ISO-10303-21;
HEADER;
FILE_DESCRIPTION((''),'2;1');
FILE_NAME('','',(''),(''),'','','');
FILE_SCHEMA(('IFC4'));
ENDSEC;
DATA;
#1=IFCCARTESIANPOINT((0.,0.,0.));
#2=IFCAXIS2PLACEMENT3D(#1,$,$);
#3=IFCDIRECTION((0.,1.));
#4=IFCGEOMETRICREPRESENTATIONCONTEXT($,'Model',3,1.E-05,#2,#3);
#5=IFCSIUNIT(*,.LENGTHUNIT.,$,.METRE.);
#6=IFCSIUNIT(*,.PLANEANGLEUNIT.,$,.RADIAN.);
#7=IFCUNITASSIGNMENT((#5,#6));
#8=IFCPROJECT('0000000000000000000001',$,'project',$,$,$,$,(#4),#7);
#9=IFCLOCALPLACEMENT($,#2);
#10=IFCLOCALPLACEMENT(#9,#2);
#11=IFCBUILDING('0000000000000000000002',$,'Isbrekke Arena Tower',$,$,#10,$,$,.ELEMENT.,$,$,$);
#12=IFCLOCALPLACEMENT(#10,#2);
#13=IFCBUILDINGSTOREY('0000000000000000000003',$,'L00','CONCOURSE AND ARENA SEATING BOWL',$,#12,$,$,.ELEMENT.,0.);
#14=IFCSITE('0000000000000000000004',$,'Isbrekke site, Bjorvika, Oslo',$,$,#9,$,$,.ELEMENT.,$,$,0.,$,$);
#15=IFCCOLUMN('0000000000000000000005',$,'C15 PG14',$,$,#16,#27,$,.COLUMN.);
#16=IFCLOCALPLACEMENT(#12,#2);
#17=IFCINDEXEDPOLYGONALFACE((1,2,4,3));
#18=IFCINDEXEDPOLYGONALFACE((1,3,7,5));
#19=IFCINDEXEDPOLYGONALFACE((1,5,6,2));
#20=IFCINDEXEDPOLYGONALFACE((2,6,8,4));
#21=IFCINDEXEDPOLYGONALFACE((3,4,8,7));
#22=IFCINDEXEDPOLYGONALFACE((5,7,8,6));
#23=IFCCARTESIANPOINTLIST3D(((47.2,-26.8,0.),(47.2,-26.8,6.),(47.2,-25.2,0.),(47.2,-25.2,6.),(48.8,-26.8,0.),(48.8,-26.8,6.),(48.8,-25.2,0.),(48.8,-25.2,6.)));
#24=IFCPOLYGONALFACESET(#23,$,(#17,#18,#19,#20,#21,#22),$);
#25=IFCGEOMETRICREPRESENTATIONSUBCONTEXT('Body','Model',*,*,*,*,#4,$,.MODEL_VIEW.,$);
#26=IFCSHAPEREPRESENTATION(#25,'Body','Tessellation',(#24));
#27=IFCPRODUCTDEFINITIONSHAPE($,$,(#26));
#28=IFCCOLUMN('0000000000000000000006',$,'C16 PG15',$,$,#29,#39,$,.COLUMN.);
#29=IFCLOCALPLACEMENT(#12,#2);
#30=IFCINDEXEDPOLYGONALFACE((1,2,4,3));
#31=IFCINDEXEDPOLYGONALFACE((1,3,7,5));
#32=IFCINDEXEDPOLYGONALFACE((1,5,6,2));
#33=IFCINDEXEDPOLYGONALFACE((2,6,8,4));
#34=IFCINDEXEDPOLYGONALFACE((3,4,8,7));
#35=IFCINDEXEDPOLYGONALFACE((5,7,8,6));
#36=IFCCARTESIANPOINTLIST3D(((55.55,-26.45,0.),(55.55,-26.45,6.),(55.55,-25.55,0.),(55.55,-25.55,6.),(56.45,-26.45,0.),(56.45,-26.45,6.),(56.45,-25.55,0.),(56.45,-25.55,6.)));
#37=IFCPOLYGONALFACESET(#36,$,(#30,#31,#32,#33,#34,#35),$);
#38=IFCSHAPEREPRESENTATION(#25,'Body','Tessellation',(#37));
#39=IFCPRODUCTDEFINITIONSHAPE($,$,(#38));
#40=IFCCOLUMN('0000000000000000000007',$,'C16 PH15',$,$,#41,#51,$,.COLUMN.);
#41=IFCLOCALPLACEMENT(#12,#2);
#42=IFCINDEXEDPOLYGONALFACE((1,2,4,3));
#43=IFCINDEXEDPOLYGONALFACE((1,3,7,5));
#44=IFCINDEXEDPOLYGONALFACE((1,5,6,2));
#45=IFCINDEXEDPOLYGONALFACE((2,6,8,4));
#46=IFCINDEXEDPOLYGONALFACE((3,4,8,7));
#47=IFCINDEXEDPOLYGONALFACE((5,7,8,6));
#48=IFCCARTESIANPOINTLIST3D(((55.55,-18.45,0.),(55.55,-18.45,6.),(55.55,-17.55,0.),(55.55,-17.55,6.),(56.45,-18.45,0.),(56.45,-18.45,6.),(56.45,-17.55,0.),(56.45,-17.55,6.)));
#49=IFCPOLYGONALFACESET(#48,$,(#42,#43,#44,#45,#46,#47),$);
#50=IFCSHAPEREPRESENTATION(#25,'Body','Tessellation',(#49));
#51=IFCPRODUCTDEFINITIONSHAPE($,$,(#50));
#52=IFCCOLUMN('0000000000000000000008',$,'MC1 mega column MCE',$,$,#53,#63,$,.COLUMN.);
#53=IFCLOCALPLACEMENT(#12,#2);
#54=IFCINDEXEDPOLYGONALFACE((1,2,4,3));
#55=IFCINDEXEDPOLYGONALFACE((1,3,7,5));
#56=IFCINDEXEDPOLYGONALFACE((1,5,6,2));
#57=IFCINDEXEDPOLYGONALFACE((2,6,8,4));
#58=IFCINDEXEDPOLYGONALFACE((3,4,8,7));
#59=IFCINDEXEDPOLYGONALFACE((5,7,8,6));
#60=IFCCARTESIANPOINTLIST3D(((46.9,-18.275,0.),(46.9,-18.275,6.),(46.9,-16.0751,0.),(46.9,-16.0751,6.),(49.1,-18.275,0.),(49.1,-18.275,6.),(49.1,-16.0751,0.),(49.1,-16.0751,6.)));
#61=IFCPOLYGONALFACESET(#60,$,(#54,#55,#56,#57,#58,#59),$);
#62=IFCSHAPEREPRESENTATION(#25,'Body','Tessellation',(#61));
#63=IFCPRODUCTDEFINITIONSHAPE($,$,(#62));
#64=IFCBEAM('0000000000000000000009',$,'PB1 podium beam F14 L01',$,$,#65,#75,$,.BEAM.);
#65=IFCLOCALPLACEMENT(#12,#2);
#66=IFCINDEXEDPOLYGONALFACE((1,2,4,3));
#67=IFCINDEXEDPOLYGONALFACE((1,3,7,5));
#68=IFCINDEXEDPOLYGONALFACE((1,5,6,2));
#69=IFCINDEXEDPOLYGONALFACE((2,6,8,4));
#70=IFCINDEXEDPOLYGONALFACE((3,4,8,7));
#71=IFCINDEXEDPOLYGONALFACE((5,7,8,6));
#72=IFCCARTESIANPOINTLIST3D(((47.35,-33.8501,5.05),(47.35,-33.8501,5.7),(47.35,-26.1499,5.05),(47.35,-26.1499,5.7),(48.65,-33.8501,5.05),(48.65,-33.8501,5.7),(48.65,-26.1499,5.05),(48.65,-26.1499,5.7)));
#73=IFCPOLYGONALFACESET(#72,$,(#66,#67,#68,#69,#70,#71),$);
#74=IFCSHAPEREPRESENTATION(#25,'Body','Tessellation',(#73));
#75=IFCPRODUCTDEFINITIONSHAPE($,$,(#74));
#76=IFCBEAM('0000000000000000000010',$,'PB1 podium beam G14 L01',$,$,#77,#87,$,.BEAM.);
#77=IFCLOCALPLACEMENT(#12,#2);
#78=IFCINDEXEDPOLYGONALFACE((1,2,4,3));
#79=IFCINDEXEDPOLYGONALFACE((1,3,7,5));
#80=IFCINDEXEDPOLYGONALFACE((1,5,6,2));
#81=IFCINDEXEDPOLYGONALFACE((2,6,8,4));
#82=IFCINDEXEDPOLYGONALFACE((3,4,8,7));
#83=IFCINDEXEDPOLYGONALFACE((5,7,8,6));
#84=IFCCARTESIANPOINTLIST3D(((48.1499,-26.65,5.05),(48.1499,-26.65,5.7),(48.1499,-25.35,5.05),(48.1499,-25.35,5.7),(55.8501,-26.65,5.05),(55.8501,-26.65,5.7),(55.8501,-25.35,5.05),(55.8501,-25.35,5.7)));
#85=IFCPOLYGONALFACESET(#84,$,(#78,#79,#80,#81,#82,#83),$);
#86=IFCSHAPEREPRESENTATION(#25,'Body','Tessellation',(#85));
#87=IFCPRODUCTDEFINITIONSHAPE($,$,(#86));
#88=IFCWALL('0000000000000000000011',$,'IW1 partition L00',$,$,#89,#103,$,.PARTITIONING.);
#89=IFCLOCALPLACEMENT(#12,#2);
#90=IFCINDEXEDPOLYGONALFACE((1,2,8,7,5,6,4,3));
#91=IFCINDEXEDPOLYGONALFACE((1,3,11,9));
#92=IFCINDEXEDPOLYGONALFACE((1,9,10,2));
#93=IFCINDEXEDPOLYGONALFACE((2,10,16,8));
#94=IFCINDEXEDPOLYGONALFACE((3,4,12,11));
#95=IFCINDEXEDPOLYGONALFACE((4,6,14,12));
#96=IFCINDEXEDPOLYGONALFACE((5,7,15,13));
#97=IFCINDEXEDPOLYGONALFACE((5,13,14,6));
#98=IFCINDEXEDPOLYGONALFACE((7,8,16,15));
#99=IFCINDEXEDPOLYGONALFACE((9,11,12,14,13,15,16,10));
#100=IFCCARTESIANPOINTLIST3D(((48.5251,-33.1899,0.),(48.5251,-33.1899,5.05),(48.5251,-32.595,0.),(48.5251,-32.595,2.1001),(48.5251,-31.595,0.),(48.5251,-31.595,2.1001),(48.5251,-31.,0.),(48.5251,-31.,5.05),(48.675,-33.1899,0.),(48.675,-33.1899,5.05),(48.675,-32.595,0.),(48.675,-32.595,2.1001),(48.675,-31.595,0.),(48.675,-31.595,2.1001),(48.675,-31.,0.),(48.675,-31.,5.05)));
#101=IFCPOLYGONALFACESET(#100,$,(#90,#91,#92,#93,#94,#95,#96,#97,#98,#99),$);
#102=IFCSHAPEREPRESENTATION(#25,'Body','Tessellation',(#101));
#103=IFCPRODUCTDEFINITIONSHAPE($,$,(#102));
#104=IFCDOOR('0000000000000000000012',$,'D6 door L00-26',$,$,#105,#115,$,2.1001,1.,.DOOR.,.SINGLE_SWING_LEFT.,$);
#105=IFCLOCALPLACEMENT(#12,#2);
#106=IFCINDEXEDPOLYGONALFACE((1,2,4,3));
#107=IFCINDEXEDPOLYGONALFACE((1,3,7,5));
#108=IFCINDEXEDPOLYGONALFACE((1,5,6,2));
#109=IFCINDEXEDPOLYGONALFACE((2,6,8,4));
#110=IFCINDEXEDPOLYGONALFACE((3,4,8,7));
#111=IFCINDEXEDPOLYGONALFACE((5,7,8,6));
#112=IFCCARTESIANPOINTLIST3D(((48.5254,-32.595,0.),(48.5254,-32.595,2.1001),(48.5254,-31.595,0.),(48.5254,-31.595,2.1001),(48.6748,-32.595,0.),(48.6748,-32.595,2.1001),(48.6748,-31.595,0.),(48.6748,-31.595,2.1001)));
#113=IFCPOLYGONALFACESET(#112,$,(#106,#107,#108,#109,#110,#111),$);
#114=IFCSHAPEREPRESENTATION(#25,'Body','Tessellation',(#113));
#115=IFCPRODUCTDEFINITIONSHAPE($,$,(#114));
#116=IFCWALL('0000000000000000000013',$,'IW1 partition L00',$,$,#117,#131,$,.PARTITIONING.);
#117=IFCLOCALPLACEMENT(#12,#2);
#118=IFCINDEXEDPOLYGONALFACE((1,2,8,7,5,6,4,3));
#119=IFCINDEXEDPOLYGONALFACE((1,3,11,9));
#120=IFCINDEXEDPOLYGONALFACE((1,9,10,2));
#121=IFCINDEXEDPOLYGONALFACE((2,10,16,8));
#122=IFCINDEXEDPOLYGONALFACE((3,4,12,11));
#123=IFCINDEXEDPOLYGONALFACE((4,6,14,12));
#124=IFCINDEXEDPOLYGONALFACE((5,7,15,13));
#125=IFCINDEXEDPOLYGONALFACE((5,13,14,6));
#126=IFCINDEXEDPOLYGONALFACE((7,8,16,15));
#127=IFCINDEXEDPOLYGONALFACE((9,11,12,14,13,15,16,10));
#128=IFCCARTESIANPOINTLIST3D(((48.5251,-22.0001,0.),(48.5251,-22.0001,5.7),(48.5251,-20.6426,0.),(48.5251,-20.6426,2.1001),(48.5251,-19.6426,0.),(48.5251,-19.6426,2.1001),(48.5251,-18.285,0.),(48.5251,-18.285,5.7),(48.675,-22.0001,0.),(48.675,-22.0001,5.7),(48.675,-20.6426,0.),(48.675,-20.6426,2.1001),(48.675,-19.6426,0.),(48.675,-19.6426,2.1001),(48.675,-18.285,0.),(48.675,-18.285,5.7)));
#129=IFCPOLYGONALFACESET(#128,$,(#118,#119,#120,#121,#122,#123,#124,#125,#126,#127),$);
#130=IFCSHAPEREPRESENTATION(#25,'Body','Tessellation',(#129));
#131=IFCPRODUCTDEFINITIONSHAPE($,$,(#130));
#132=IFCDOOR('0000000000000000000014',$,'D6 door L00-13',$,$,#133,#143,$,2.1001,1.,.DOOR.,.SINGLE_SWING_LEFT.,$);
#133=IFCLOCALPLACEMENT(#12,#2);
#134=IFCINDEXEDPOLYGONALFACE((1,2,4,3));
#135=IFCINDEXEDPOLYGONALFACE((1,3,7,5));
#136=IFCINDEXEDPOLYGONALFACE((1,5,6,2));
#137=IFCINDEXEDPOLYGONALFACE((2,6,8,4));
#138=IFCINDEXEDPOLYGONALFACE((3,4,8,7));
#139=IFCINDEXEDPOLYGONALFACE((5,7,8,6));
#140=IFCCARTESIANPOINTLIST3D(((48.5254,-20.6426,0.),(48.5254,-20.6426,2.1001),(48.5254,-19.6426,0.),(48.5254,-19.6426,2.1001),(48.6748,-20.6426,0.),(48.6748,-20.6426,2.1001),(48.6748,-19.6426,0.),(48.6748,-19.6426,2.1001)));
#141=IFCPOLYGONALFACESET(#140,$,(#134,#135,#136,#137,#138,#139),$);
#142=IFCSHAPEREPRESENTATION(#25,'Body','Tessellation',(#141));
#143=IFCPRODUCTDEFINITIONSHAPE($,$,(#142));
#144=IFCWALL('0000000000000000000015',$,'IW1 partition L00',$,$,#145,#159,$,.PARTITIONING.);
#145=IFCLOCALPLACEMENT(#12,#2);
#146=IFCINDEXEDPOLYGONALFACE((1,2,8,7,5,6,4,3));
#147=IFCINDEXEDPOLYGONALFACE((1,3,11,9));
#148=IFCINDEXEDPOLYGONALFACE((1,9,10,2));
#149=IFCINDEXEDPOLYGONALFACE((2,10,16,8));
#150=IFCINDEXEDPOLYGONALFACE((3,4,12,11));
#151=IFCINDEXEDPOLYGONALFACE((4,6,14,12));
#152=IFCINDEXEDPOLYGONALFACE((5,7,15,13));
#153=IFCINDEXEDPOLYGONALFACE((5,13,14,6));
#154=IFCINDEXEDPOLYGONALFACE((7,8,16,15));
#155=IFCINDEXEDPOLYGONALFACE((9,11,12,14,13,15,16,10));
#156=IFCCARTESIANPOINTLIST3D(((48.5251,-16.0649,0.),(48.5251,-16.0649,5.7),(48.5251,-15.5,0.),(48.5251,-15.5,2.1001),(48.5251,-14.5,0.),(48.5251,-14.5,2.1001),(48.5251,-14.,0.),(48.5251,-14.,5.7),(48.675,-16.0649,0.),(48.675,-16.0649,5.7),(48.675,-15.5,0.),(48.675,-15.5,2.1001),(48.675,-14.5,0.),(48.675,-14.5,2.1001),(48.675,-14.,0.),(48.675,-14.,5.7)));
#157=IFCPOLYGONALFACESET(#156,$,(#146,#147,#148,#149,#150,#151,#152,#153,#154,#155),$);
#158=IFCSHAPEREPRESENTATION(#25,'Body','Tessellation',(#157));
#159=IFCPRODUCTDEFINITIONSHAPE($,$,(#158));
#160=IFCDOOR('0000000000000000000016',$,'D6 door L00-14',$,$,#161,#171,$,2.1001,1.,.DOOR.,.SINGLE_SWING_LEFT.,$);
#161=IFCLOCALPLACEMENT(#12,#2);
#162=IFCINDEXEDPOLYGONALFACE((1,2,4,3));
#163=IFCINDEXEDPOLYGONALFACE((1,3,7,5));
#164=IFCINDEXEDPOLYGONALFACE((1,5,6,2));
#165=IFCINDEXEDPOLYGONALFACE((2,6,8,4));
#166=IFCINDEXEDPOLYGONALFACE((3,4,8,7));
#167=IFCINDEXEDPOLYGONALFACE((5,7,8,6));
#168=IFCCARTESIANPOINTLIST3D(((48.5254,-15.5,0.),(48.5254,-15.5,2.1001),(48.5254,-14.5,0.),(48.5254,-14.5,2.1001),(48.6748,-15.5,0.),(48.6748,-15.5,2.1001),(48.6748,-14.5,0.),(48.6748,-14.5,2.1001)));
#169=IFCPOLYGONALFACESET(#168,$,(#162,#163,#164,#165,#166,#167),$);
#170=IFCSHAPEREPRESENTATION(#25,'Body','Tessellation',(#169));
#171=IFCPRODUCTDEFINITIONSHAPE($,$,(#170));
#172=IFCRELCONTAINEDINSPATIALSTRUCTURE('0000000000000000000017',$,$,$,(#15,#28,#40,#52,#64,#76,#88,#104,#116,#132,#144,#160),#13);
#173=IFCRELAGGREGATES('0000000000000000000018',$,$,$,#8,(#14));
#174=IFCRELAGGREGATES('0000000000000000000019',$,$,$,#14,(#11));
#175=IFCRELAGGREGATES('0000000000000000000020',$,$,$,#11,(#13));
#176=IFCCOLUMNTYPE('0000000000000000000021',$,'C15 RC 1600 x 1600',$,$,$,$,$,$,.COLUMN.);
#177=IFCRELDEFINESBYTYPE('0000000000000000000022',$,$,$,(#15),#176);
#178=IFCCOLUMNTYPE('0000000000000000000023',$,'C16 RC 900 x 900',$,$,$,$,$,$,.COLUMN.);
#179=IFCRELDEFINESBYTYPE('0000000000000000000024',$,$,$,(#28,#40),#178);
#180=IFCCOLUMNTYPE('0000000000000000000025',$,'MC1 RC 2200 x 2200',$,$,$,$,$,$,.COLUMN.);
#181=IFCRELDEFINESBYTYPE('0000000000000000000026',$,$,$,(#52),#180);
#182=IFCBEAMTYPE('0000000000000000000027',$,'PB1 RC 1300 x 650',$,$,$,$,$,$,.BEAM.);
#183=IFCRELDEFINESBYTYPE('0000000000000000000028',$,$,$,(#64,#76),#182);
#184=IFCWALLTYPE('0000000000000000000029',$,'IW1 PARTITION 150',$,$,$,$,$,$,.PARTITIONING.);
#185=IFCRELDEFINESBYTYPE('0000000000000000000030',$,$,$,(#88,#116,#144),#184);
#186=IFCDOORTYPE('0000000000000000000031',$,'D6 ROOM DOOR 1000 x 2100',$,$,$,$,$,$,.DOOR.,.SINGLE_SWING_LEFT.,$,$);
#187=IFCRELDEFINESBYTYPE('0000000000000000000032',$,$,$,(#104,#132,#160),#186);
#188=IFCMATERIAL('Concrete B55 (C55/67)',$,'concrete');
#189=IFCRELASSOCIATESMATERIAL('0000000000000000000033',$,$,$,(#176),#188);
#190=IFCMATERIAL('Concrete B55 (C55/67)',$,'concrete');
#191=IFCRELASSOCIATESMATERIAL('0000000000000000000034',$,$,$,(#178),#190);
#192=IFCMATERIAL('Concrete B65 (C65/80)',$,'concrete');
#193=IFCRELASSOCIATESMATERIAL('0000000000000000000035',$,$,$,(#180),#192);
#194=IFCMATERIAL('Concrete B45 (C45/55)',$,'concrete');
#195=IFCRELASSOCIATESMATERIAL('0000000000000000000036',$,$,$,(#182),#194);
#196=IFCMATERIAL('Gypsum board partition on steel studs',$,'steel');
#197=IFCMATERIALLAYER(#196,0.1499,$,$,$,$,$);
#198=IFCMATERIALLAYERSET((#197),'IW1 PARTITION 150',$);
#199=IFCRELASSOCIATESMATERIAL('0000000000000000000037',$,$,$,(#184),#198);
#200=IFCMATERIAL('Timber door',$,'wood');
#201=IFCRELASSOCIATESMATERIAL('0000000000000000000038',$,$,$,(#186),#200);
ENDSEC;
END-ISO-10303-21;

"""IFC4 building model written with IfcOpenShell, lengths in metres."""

from ifc_helpers import new_model, si_unit, direction, frame, frame_2d, origin, origin_2d, place, context, subcontext, project, spatial, rectangle, extrude, material, layer, layer_set, material_profile, profile_set, type_object, element, fill, save


model = new_model("IFC4")

# Units and contexts
model_context = context("Model", 3, precision=1e-05, world=origin(), true_north=direction((0.0, 1.0)))
body_context = subcontext(model_context, "Body", "Model", "MODEL_VIEW")
ifc_project = project(units=[si_unit("LENGTHUNIT", "METRE"), si_unit("PLANEANGLEUNIT", "RADIAN")], contexts=[model_context])

# Site, building, storey
site_placement = place(None, origin())
site = spatial("IfcSite", under=ifc_project, at=site_placement, Name="Isbrekke site, Bjorvika, Oslo", CompositionType="ELEMENT", RefElevation=0.0)
building_placement = place(site_placement, origin())
building = spatial("IfcBuilding", under=site, at=building_placement, Name="Isbrekke Arena Tower", CompositionType="ELEMENT")
storey_placement = place(building_placement, origin())
storey = spatial("IfcBuildingStorey", under=building, at=storey_placement, Name="L00", Description="CONCOURSE AND ARENA SEATING BOWL", CompositionType="ELEMENT", Elevation=0.0)

# Columns
ifc_material_1 = material(Name="Concrete B55 (C55/67)", Category="concrete")
ifc_material_profile_1 = material_profile(ifc_material_1, rectangle(XDim=1.6001, YDim=1.6001, at=origin_2d()), Name="RC 1600x1600")
ifc_profile_set_1 = profile_set([ifc_material_profile_1], Name="Concrete B55 (C55/67)")
column_type_1 = type_object("IfcColumnType", Name="C15 RC 1600 x 1600", PredefinedType="COLUMN", material=ifc_profile_set_1)
column_1_placement = place(storey_placement, frame((48.0, -26.0, 0.0), z_axis=(0.0, 0.0, 1.0), x_axis=(1.0, 0.0, 0.0)))
element("IfcColumn", 1, at=column_1_placement, inside=storey, type_object=column_type_1, Name="C15 PG14", PredefinedType="COLUMN", context=body_context, shape_type="SweptSolid", body=[
    extrude(rectangle(XDim=1.6001, YDim=1.6001, at=origin_2d()), origin(), (0.0, 0.0, 1.0), 6.0),
])
ifc_material_2 = material(Name="Concrete B55 (C55/67)", Category="concrete")
ifc_material_profile_2 = material_profile(ifc_material_2, rectangle(XDim=0.8999, YDim=0.8999, at=origin_2d()), Name="RC 900x900")
ifc_profile_set_2 = profile_set([ifc_material_profile_2], Name="Concrete B55 (C55/67)")
column_type_2 = type_object("IfcColumnType", Name="C16 RC 900 x 900", PredefinedType="COLUMN", material=ifc_profile_set_2)
for number, where, z_axis, x_axis, name in (
    (2, (56.0, -26.0, 0.0), (0.0, 0.0, 1.0), (1.0, 0.0, 0.0), "C16 PG15"),
    (3, (56.0, -18.0, 0.0), (0.0, 0.0, 1.0), (1.0, 0.0, 0.0), "C16 PH15"),
):
    element("IfcColumn", number, at=place(storey_placement, frame(where, z_axis=z_axis, x_axis=x_axis)), inside=storey, type_object=column_type_2, Name=name, PredefinedType="COLUMN", context=body_context, shape_type="SweptSolid", body=[
        extrude(rectangle(XDim=0.8999, YDim=0.8999, at=origin_2d()), origin(), (0.0, 0.0, 1.0), 6.0),
    ])
ifc_material_3 = material(Name="Concrete B65 (C65/80)", Category="concrete")
ifc_material_profile_3 = material_profile(ifc_material_3, rectangle(XDim=2.2, YDim=2.2, at=origin_2d()), Name="RC 2200x2200")
ifc_profile_set_3 = profile_set([ifc_material_profile_3], Name="Concrete B65 (C65/80)")
column_type_3 = type_object("IfcColumnType", Name="MC1 RC 2200 x 2200", PredefinedType="COLUMN", material=ifc_profile_set_3)
column_2_placement = place(storey_placement, frame((48.0, -17.175, 0.0), z_axis=(0.0, 0.0, 1.0), x_axis=(1.0, 0.0, 0.0)))
element("IfcColumn", 4, at=column_2_placement, inside=storey, type_object=column_type_3, Name="MC1 mega column MCE", PredefinedType="COLUMN", context=body_context, shape_type="SweptSolid", body=[
    extrude(rectangle(XDim=2.2, YDim=2.2, at=origin_2d()), origin(), (0.0, 0.0, 1.0), 6.0),
])

# Beams
ifc_material_4 = material(Name="Concrete B45 (C45/55)", Category="concrete")
ifc_material_profile_4 = material_profile(ifc_material_4, rectangle(XDim=1.3, YDim=0.6499, at=origin_2d()), Name="RC 1300x650")
ifc_profile_set_4 = profile_set([ifc_material_profile_4], Name="Concrete B45 (C45/55)")
beam_type = type_object("IfcBeamType", Name="PB1 RC 1300 x 650", PredefinedType="BEAM", material=ifc_profile_set_4)
for number, where, z_axis, x_axis, name in (
    (5, (48.0, -33.8501, 5.375), (0.0, 1.0, 0.0), (-1.0, 0.0, 0.0), "PB1 podium beam F14 L01"),
    (6, (48.1499, -26.0, 5.375), (1.0, 0.0, 0.0), (0.0, 1.0, 0.0), "PB1 podium beam G14 L01"),
):
    element("IfcBeam", number, at=place(storey_placement, frame(where, z_axis=z_axis, x_axis=x_axis)), inside=storey, type_object=beam_type, Name=name, PredefinedType="BEAM", context=body_context, shape_type="SweptSolid", body=[
        extrude(rectangle(XDim=1.3, YDim=0.6499, at=origin_2d()), origin(), (0.0, 0.0, 1.0), 7.7002),
    ])

# Walls, openings, doors
ifc_material_5 = material(Name="Gypsum board partition on steel studs", Category="steel")
ifc_layer_1 = layer(ifc_material_5, 0.1499)
ifc_layer_set_1 = layer_set([ifc_layer_1], Name="IW1 PARTITION 150")
wall_type_1 = type_object("IfcWallType", Name="IW1 PARTITION 150", PredefinedType="PARTITIONING", material=ifc_layer_set_1)
wall_1_placement = place(storey_placement, frame((48.6001, -33.1899, 0.0), z_axis=(0.0, 0.0, 1.0), x_axis=(0.0, 1.0, 0.0)))
wall_1 = element("IfcWall", 7, at=wall_1_placement, inside=storey, type_object=wall_type_1, Name="IW1 partition L00", PredefinedType="PARTITIONING", context=body_context, shape_type="SweptSolid", body=[
    extrude(rectangle(XDim=2.1899, YDim=0.1499, at=frame_2d((1.095, 0.0))), origin(), (0.0, 0.0, 1.0), 5.05),
])
opening_1_placement = place(wall_1_placement, frame((0.595, 0.0, 0.0)))
opening_1 = element("IfcOpeningElement", 8, at=opening_1_placement, cuts=wall_1, PredefinedType="OPENING", context=body_context, shape_type="SweptSolid", body=[
    extrude(rectangle(XDim=1.0, YDim=2.1001, at=frame_2d((0.5, 1.05))), frame((0.0, 0.0898, 0.0), z_axis=(0.0, -1.0, 0.0), x_axis=(1.0, 0.0, 0.0)), (0.0, 0.0, 1.0), 0.1797),
])
ifc_material_6 = material(Name="Timber door", Category="wood")
door_type = type_object("IfcDoorType", Name="D6 ROOM DOOR 1000 x 2100", OperationType="SINGLE_SWING_LEFT", PredefinedType="DOOR", material=ifc_material_6)
door_1_placement = place(opening_1_placement, origin())
door_1 = element("IfcDoor", 9, at=door_1_placement, inside=storey, type_object=door_type, Name="D6 door L00-26", OperationType="SINGLE_SWING_LEFT", OverallHeight=2.1001, OverallWidth=1.0, PredefinedType="DOOR", context=body_context, shape_type="SweptSolid", body=[
    extrude(rectangle(XDim=1.0, YDim=2.1001, at=frame_2d((0.5, 1.05))), frame((0.0, 0.0747, 0.0), z_axis=(0.0, -1.0, 0.0), x_axis=(1.0, 0.0, 0.0)), (0.0, 0.0, 1.0), 0.1494),
])
fill(opening_1, door_1)
wall_2_placement = place(storey_placement, frame((48.6001, -22.0, 0.0), z_axis=(0.0, 0.0, 1.0), x_axis=(0.0, 1.0, 0.0)))
wall_2 = element("IfcWall", 10, at=wall_2_placement, inside=storey, type_object=wall_type_1, Name="IW1 partition L00", PredefinedType="PARTITIONING", context=body_context, shape_type="SweptSolid", body=[
    extrude(rectangle(XDim=3.7151, YDim=0.1499, at=frame_2d((1.8574, 0.0))), origin(), (0.0, 0.0, 1.0), 5.7),
])
opening_2_placement = place(wall_2_placement, frame((1.3574, 0.0, 0.0)))
opening_2 = element("IfcOpeningElement", 11, at=opening_2_placement, cuts=wall_2, PredefinedType="OPENING", context=body_context, shape_type="SweptSolid", body=[
    extrude(rectangle(XDim=1.0, YDim=2.1001, at=frame_2d((0.5, 1.05))), frame((0.0, 0.0898, 0.0), z_axis=(0.0, -1.0, 0.0), x_axis=(1.0, 0.0, 0.0)), (0.0, 0.0, 1.0), 0.1797),
])
door_2_placement = place(opening_2_placement, origin())
door_2 = element("IfcDoor", 12, at=door_2_placement, inside=storey, type_object=door_type, Name="D6 door L00-13", OperationType="SINGLE_SWING_LEFT", OverallHeight=2.1001, OverallWidth=1.0, PredefinedType="DOOR", context=body_context, shape_type="SweptSolid", body=[
    extrude(rectangle(XDim=1.0, YDim=2.1001, at=frame_2d((0.5, 1.05))), frame((0.0, 0.0747, 0.0), z_axis=(0.0, -1.0, 0.0), x_axis=(1.0, 0.0, 0.0)), (0.0, 0.0, 1.0), 0.1494),
])
fill(opening_2, door_2)
wall_3_placement = place(storey_placement, frame((48.6001, -16.0649, 0.0), z_axis=(0.0, 0.0, 1.0), x_axis=(0.0, 1.0, 0.0)))
wall_3 = element("IfcWall", 13, at=wall_3_placement, inside=storey, type_object=wall_type_1, Name="IW1 partition L00", PredefinedType="PARTITIONING", context=body_context, shape_type="SweptSolid", body=[
    extrude(rectangle(XDim=2.0649, YDim=0.1499, at=frame_2d((1.0325, 0.0))), origin(), (0.0, 0.0, 1.0), 5.7),
])
opening_3_placement = place(wall_3_placement, frame((0.5649, 0.0, 0.0)))
opening_3 = element("IfcOpeningElement", 14, at=opening_3_placement, cuts=wall_3, PredefinedType="OPENING", context=body_context, shape_type="SweptSolid", body=[
    extrude(rectangle(XDim=1.0, YDim=2.1001, at=frame_2d((0.5, 1.05))), frame((0.0, 0.0898, 0.0), z_axis=(0.0, -1.0, 0.0), x_axis=(1.0, 0.0, 0.0)), (0.0, 0.0, 1.0), 0.1797),
])
door_3_placement = place(opening_3_placement, origin())
door_3 = element("IfcDoor", 15, at=door_3_placement, inside=storey, type_object=door_type, Name="D6 door L00-14", OperationType="SINGLE_SWING_LEFT", OverallHeight=2.1001, OverallWidth=1.0, PredefinedType="DOOR", context=body_context, shape_type="SweptSolid", body=[
    extrude(rectangle(XDim=1.0, YDim=2.1001, at=frame_2d((0.5, 1.05))), frame((0.0, 0.0747, 0.0), z_axis=(0.0, -1.0, 0.0), x_axis=(1.0, 0.0, 0.0)), (0.0, 0.0, 1.0), 0.1494),
])
fill(opening_3, door_3)

save(model, "model.ifc")
